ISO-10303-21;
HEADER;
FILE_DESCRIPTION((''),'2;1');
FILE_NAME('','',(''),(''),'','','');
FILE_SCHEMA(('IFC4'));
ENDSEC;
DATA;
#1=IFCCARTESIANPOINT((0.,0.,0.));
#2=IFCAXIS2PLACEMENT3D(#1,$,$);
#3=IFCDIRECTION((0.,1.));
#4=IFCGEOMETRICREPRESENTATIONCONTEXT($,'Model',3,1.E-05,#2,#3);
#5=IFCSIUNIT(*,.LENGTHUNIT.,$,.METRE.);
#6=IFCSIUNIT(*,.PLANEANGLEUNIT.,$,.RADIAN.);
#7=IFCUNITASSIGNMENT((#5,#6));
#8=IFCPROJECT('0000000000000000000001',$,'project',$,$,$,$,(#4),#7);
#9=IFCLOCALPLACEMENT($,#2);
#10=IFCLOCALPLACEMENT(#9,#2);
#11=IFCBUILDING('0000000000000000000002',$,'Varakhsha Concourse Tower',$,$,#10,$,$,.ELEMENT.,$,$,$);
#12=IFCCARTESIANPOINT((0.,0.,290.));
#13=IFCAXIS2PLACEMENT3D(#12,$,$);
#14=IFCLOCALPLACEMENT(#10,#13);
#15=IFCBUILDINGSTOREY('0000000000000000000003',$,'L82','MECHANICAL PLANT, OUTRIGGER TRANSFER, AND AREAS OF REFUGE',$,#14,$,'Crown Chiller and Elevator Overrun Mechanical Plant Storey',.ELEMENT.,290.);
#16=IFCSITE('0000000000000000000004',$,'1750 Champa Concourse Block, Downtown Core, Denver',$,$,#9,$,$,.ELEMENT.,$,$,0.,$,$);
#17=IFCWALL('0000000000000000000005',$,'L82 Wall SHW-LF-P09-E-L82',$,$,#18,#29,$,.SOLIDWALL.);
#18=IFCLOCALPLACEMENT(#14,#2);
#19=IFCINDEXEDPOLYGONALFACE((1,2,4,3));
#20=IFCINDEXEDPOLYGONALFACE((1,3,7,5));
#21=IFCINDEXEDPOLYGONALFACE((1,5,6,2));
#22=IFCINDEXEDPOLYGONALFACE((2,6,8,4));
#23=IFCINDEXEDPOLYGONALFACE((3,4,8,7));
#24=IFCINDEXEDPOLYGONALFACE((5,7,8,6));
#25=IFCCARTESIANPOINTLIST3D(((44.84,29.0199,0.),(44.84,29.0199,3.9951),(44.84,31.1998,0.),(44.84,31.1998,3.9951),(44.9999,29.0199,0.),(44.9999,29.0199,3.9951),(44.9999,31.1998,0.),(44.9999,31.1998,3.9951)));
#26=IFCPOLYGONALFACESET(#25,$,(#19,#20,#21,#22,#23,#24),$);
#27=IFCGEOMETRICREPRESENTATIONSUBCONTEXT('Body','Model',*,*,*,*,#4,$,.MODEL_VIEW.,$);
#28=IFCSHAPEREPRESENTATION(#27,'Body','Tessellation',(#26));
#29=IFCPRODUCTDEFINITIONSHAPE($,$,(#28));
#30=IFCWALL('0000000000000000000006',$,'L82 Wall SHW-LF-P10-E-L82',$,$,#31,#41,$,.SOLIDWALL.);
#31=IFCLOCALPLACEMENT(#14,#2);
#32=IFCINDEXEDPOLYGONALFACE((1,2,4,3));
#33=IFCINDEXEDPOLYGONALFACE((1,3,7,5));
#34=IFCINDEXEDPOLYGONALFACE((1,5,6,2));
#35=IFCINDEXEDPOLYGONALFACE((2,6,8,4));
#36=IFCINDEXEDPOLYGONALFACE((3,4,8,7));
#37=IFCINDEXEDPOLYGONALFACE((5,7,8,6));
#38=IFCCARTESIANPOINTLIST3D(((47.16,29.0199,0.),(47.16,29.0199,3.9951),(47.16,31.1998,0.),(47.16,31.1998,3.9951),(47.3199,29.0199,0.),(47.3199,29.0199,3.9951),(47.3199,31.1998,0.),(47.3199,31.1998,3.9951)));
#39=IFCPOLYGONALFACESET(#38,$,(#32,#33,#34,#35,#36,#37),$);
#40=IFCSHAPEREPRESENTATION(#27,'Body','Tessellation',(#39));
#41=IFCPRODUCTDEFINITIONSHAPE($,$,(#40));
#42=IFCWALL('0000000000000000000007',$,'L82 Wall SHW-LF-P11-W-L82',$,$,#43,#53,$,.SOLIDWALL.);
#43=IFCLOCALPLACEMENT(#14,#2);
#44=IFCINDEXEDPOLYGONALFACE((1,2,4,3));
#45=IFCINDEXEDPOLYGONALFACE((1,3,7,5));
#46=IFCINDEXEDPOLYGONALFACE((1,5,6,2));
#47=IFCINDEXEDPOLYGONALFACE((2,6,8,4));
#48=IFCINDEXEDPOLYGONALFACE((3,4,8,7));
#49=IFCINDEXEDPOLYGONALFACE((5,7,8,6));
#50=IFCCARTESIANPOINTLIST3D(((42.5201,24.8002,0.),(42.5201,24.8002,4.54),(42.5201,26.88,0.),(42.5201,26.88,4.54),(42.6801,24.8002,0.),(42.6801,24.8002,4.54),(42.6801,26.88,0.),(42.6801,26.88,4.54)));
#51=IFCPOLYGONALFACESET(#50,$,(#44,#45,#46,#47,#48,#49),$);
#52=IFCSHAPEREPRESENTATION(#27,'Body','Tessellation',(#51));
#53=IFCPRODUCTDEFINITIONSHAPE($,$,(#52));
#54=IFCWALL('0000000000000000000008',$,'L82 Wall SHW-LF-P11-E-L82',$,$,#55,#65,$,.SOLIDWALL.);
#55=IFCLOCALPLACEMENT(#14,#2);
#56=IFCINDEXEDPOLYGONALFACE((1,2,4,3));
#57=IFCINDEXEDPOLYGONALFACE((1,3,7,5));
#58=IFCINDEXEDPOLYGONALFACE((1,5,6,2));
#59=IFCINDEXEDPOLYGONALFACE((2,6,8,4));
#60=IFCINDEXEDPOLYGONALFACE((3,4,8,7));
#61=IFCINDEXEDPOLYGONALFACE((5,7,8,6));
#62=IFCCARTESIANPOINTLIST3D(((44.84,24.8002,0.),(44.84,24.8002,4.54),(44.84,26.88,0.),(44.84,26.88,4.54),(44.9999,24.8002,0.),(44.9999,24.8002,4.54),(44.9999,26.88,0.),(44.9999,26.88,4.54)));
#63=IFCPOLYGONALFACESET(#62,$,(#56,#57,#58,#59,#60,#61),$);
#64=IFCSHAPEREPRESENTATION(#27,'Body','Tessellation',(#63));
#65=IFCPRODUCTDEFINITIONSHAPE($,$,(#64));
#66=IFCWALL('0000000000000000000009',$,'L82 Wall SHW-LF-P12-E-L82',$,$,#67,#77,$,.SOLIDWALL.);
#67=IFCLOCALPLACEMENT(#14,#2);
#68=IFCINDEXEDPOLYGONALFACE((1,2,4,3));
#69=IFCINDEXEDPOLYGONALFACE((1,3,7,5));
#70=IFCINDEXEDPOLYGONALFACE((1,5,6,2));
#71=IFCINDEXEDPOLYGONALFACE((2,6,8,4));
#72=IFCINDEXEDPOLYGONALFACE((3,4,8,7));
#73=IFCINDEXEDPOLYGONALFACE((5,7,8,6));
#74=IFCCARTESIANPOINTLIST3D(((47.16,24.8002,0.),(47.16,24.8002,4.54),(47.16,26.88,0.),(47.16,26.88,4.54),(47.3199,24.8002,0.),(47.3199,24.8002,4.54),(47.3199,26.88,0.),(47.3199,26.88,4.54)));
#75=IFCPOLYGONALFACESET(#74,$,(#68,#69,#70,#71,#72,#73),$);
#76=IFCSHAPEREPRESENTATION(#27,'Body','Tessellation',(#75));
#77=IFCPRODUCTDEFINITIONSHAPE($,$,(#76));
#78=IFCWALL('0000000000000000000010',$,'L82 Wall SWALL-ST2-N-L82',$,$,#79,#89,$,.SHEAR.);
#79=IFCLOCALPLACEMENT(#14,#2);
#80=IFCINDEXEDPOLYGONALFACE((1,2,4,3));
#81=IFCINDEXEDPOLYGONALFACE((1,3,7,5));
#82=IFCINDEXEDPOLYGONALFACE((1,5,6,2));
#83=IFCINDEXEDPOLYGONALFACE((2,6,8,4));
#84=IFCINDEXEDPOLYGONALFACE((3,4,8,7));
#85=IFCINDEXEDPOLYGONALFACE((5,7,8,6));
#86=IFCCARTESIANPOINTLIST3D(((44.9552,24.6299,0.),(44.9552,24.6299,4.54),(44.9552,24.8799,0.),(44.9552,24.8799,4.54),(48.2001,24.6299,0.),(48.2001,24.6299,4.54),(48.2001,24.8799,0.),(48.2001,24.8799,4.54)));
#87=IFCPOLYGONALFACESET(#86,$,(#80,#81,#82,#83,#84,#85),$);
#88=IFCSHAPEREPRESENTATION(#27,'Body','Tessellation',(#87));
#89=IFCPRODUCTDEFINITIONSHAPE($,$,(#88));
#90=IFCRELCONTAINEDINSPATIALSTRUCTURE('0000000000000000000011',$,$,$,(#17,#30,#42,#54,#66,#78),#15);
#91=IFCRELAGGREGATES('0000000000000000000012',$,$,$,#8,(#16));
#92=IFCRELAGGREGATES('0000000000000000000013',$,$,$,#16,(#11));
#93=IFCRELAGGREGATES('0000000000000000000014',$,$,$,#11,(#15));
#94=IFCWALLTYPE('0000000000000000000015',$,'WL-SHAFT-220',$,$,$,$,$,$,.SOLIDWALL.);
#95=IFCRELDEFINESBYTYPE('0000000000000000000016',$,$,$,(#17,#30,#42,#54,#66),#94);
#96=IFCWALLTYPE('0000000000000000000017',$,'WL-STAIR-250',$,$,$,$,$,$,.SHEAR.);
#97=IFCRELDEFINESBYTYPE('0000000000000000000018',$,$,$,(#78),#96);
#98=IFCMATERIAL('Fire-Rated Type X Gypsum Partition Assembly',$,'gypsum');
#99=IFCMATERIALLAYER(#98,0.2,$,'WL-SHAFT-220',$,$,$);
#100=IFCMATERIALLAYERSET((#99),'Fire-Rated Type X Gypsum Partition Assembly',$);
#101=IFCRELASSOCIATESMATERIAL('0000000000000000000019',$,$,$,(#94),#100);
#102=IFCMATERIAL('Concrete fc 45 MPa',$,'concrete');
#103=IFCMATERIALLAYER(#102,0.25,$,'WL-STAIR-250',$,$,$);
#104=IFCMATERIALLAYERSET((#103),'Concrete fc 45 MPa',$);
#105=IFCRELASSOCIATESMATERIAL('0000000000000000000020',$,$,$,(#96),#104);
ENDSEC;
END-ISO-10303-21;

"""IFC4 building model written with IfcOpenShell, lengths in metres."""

from ifc_helpers import new_model, si_unit, direction, frame, frame_2d, origin, place, context, subcontext, project, spatial, rectangle, extrude, material, layer, layer_set, type_object, element, save


model = new_model("IFC4")

# Units and contexts
model_context = context("Model", 3, precision=1e-05, world=origin(), true_north=direction((0.0, 1.0)))
body_context = subcontext(model_context, "Body", "Model", "MODEL_VIEW")
ifc_project = project(units=[si_unit("LENGTHUNIT", "METRE"), si_unit("PLANEANGLEUNIT", "RADIAN")], contexts=[model_context])

# Site, building, storey
site_placement = place(None, origin())
site = spatial("IfcSite", under=ifc_project, at=site_placement, Name="1750 Champa Concourse Block, Downtown Core, Denver", CompositionType="ELEMENT", RefElevation=0.0)
building_placement = place(site_placement, origin())
building = spatial("IfcBuilding", under=site, at=building_placement, Name="Varakhsha Concourse Tower", CompositionType="ELEMENT")
storey_placement = place(building_placement, frame((0.0, 0.0, 290.0)))
storey = spatial("IfcBuildingStorey", under=building, at=storey_placement, Name="L82", Description="MECHANICAL PLANT, OUTRIGGER TRANSFER, AND AREAS OF REFUGE", LongName="Crown Chiller and Elevator Overrun Mechanical Plant Storey", CompositionType="ELEMENT", Elevation=290.0)

# Shared definitions
ifc_material_1 = material(Name="Fire-Rated Type X Gypsum Partition Assembly", Category="gypsum")

# Walls
ifc_layer_1 = layer(ifc_material_1, 0.2, Name="WL-SHAFT-220")
ifc_layer_set_1 = layer_set([ifc_layer_1], Name="Fire-Rated Type X Gypsum Partition Assembly")
wall_type_1 = type_object("IfcWallType", Name="WL-SHAFT-220", PredefinedType="SOLIDWALL", material=ifc_layer_set_1)
for number, where, z_axis, x_axis, name in (
    (1, (44.9199, 29.02, 0.0), (0.0, 0.0, 1.0), (0.0, 1.0, 0.0), "L82 Wall SHW-LF-P09-E-L82"),
    (2, (47.24, 29.02, 0.0), (0.0, 0.0, 1.0), (0.0, 1.0, 0.0), "L82 Wall SHW-LF-P10-E-L82"),
):
    element("IfcWall", number, at=place(storey_placement, frame(where, z_axis=z_axis, x_axis=x_axis)), inside=storey, type_object=wall_type_1, Name=name, PredefinedType="SOLIDWALL", context=body_context, shape_type="SweptSolid", body=[
        extrude(rectangle(XDim=2.1799, YDim=0.1599, at=frame_2d((1.0898, 0.0))), origin(), (0.0, 0.0, 1.0), 3.9951),
    ])
for number, where, z_axis, x_axis, name in (
    (3, (42.6001, 24.8, 0.0), (0.0, 0.0, 1.0), (0.0, 1.0, 0.0), "L82 Wall SHW-LF-P11-W-L82"),
    (4, (44.9199, 24.8, 0.0), (0.0, 0.0, 1.0), (0.0, 1.0, 0.0), "L82 Wall SHW-LF-P11-E-L82"),
    (5, (47.24, 24.8, 0.0), (0.0, 0.0, 1.0), (0.0, 1.0, 0.0), "L82 Wall SHW-LF-P12-E-L82"),
):
    element("IfcWall", number, at=place(storey_placement, frame(where, z_axis=z_axis, x_axis=x_axis)), inside=storey, type_object=wall_type_1, Name=name, PredefinedType="SOLIDWALL", context=body_context, shape_type="SweptSolid", body=[
        extrude(rectangle(XDim=2.0798, YDim=0.1599, at=frame_2d((1.04, 0.0))), origin(), (0.0, 0.0, 1.0), 4.54),
    ])
ifc_material_2 = material(Name="Concrete fc 45 MPa", Category="concrete")
ifc_layer_2 = layer(ifc_material_2, 0.25, Name="WL-STAIR-250")
ifc_layer_set_2 = layer_set([ifc_layer_2], Name="Concrete fc 45 MPa")
wall_type_2 = type_object("IfcWallType", Name="WL-STAIR-250", PredefinedType="SHEAR", material=ifc_layer_set_2)
wall_1_placement = place(storey_placement, frame((44.9551, 24.7549, 0.0), z_axis=(0.0, 0.0, 1.0), x_axis=(1.0, 0.0, 0.0)))
element("IfcWall", 6, at=wall_1_placement, inside=storey, type_object=wall_type_2, Name="L82 Wall SWALL-ST2-N-L82", PredefinedType="SHEAR", context=body_context, shape_type="SweptSolid", body=[
    extrude(rectangle(XDim=3.2449, YDim=0.25, at=frame_2d((1.6226, 0.0))), origin(), (0.0, 0.0, 1.0), 4.54),
])

save(model, "model.ifc")
